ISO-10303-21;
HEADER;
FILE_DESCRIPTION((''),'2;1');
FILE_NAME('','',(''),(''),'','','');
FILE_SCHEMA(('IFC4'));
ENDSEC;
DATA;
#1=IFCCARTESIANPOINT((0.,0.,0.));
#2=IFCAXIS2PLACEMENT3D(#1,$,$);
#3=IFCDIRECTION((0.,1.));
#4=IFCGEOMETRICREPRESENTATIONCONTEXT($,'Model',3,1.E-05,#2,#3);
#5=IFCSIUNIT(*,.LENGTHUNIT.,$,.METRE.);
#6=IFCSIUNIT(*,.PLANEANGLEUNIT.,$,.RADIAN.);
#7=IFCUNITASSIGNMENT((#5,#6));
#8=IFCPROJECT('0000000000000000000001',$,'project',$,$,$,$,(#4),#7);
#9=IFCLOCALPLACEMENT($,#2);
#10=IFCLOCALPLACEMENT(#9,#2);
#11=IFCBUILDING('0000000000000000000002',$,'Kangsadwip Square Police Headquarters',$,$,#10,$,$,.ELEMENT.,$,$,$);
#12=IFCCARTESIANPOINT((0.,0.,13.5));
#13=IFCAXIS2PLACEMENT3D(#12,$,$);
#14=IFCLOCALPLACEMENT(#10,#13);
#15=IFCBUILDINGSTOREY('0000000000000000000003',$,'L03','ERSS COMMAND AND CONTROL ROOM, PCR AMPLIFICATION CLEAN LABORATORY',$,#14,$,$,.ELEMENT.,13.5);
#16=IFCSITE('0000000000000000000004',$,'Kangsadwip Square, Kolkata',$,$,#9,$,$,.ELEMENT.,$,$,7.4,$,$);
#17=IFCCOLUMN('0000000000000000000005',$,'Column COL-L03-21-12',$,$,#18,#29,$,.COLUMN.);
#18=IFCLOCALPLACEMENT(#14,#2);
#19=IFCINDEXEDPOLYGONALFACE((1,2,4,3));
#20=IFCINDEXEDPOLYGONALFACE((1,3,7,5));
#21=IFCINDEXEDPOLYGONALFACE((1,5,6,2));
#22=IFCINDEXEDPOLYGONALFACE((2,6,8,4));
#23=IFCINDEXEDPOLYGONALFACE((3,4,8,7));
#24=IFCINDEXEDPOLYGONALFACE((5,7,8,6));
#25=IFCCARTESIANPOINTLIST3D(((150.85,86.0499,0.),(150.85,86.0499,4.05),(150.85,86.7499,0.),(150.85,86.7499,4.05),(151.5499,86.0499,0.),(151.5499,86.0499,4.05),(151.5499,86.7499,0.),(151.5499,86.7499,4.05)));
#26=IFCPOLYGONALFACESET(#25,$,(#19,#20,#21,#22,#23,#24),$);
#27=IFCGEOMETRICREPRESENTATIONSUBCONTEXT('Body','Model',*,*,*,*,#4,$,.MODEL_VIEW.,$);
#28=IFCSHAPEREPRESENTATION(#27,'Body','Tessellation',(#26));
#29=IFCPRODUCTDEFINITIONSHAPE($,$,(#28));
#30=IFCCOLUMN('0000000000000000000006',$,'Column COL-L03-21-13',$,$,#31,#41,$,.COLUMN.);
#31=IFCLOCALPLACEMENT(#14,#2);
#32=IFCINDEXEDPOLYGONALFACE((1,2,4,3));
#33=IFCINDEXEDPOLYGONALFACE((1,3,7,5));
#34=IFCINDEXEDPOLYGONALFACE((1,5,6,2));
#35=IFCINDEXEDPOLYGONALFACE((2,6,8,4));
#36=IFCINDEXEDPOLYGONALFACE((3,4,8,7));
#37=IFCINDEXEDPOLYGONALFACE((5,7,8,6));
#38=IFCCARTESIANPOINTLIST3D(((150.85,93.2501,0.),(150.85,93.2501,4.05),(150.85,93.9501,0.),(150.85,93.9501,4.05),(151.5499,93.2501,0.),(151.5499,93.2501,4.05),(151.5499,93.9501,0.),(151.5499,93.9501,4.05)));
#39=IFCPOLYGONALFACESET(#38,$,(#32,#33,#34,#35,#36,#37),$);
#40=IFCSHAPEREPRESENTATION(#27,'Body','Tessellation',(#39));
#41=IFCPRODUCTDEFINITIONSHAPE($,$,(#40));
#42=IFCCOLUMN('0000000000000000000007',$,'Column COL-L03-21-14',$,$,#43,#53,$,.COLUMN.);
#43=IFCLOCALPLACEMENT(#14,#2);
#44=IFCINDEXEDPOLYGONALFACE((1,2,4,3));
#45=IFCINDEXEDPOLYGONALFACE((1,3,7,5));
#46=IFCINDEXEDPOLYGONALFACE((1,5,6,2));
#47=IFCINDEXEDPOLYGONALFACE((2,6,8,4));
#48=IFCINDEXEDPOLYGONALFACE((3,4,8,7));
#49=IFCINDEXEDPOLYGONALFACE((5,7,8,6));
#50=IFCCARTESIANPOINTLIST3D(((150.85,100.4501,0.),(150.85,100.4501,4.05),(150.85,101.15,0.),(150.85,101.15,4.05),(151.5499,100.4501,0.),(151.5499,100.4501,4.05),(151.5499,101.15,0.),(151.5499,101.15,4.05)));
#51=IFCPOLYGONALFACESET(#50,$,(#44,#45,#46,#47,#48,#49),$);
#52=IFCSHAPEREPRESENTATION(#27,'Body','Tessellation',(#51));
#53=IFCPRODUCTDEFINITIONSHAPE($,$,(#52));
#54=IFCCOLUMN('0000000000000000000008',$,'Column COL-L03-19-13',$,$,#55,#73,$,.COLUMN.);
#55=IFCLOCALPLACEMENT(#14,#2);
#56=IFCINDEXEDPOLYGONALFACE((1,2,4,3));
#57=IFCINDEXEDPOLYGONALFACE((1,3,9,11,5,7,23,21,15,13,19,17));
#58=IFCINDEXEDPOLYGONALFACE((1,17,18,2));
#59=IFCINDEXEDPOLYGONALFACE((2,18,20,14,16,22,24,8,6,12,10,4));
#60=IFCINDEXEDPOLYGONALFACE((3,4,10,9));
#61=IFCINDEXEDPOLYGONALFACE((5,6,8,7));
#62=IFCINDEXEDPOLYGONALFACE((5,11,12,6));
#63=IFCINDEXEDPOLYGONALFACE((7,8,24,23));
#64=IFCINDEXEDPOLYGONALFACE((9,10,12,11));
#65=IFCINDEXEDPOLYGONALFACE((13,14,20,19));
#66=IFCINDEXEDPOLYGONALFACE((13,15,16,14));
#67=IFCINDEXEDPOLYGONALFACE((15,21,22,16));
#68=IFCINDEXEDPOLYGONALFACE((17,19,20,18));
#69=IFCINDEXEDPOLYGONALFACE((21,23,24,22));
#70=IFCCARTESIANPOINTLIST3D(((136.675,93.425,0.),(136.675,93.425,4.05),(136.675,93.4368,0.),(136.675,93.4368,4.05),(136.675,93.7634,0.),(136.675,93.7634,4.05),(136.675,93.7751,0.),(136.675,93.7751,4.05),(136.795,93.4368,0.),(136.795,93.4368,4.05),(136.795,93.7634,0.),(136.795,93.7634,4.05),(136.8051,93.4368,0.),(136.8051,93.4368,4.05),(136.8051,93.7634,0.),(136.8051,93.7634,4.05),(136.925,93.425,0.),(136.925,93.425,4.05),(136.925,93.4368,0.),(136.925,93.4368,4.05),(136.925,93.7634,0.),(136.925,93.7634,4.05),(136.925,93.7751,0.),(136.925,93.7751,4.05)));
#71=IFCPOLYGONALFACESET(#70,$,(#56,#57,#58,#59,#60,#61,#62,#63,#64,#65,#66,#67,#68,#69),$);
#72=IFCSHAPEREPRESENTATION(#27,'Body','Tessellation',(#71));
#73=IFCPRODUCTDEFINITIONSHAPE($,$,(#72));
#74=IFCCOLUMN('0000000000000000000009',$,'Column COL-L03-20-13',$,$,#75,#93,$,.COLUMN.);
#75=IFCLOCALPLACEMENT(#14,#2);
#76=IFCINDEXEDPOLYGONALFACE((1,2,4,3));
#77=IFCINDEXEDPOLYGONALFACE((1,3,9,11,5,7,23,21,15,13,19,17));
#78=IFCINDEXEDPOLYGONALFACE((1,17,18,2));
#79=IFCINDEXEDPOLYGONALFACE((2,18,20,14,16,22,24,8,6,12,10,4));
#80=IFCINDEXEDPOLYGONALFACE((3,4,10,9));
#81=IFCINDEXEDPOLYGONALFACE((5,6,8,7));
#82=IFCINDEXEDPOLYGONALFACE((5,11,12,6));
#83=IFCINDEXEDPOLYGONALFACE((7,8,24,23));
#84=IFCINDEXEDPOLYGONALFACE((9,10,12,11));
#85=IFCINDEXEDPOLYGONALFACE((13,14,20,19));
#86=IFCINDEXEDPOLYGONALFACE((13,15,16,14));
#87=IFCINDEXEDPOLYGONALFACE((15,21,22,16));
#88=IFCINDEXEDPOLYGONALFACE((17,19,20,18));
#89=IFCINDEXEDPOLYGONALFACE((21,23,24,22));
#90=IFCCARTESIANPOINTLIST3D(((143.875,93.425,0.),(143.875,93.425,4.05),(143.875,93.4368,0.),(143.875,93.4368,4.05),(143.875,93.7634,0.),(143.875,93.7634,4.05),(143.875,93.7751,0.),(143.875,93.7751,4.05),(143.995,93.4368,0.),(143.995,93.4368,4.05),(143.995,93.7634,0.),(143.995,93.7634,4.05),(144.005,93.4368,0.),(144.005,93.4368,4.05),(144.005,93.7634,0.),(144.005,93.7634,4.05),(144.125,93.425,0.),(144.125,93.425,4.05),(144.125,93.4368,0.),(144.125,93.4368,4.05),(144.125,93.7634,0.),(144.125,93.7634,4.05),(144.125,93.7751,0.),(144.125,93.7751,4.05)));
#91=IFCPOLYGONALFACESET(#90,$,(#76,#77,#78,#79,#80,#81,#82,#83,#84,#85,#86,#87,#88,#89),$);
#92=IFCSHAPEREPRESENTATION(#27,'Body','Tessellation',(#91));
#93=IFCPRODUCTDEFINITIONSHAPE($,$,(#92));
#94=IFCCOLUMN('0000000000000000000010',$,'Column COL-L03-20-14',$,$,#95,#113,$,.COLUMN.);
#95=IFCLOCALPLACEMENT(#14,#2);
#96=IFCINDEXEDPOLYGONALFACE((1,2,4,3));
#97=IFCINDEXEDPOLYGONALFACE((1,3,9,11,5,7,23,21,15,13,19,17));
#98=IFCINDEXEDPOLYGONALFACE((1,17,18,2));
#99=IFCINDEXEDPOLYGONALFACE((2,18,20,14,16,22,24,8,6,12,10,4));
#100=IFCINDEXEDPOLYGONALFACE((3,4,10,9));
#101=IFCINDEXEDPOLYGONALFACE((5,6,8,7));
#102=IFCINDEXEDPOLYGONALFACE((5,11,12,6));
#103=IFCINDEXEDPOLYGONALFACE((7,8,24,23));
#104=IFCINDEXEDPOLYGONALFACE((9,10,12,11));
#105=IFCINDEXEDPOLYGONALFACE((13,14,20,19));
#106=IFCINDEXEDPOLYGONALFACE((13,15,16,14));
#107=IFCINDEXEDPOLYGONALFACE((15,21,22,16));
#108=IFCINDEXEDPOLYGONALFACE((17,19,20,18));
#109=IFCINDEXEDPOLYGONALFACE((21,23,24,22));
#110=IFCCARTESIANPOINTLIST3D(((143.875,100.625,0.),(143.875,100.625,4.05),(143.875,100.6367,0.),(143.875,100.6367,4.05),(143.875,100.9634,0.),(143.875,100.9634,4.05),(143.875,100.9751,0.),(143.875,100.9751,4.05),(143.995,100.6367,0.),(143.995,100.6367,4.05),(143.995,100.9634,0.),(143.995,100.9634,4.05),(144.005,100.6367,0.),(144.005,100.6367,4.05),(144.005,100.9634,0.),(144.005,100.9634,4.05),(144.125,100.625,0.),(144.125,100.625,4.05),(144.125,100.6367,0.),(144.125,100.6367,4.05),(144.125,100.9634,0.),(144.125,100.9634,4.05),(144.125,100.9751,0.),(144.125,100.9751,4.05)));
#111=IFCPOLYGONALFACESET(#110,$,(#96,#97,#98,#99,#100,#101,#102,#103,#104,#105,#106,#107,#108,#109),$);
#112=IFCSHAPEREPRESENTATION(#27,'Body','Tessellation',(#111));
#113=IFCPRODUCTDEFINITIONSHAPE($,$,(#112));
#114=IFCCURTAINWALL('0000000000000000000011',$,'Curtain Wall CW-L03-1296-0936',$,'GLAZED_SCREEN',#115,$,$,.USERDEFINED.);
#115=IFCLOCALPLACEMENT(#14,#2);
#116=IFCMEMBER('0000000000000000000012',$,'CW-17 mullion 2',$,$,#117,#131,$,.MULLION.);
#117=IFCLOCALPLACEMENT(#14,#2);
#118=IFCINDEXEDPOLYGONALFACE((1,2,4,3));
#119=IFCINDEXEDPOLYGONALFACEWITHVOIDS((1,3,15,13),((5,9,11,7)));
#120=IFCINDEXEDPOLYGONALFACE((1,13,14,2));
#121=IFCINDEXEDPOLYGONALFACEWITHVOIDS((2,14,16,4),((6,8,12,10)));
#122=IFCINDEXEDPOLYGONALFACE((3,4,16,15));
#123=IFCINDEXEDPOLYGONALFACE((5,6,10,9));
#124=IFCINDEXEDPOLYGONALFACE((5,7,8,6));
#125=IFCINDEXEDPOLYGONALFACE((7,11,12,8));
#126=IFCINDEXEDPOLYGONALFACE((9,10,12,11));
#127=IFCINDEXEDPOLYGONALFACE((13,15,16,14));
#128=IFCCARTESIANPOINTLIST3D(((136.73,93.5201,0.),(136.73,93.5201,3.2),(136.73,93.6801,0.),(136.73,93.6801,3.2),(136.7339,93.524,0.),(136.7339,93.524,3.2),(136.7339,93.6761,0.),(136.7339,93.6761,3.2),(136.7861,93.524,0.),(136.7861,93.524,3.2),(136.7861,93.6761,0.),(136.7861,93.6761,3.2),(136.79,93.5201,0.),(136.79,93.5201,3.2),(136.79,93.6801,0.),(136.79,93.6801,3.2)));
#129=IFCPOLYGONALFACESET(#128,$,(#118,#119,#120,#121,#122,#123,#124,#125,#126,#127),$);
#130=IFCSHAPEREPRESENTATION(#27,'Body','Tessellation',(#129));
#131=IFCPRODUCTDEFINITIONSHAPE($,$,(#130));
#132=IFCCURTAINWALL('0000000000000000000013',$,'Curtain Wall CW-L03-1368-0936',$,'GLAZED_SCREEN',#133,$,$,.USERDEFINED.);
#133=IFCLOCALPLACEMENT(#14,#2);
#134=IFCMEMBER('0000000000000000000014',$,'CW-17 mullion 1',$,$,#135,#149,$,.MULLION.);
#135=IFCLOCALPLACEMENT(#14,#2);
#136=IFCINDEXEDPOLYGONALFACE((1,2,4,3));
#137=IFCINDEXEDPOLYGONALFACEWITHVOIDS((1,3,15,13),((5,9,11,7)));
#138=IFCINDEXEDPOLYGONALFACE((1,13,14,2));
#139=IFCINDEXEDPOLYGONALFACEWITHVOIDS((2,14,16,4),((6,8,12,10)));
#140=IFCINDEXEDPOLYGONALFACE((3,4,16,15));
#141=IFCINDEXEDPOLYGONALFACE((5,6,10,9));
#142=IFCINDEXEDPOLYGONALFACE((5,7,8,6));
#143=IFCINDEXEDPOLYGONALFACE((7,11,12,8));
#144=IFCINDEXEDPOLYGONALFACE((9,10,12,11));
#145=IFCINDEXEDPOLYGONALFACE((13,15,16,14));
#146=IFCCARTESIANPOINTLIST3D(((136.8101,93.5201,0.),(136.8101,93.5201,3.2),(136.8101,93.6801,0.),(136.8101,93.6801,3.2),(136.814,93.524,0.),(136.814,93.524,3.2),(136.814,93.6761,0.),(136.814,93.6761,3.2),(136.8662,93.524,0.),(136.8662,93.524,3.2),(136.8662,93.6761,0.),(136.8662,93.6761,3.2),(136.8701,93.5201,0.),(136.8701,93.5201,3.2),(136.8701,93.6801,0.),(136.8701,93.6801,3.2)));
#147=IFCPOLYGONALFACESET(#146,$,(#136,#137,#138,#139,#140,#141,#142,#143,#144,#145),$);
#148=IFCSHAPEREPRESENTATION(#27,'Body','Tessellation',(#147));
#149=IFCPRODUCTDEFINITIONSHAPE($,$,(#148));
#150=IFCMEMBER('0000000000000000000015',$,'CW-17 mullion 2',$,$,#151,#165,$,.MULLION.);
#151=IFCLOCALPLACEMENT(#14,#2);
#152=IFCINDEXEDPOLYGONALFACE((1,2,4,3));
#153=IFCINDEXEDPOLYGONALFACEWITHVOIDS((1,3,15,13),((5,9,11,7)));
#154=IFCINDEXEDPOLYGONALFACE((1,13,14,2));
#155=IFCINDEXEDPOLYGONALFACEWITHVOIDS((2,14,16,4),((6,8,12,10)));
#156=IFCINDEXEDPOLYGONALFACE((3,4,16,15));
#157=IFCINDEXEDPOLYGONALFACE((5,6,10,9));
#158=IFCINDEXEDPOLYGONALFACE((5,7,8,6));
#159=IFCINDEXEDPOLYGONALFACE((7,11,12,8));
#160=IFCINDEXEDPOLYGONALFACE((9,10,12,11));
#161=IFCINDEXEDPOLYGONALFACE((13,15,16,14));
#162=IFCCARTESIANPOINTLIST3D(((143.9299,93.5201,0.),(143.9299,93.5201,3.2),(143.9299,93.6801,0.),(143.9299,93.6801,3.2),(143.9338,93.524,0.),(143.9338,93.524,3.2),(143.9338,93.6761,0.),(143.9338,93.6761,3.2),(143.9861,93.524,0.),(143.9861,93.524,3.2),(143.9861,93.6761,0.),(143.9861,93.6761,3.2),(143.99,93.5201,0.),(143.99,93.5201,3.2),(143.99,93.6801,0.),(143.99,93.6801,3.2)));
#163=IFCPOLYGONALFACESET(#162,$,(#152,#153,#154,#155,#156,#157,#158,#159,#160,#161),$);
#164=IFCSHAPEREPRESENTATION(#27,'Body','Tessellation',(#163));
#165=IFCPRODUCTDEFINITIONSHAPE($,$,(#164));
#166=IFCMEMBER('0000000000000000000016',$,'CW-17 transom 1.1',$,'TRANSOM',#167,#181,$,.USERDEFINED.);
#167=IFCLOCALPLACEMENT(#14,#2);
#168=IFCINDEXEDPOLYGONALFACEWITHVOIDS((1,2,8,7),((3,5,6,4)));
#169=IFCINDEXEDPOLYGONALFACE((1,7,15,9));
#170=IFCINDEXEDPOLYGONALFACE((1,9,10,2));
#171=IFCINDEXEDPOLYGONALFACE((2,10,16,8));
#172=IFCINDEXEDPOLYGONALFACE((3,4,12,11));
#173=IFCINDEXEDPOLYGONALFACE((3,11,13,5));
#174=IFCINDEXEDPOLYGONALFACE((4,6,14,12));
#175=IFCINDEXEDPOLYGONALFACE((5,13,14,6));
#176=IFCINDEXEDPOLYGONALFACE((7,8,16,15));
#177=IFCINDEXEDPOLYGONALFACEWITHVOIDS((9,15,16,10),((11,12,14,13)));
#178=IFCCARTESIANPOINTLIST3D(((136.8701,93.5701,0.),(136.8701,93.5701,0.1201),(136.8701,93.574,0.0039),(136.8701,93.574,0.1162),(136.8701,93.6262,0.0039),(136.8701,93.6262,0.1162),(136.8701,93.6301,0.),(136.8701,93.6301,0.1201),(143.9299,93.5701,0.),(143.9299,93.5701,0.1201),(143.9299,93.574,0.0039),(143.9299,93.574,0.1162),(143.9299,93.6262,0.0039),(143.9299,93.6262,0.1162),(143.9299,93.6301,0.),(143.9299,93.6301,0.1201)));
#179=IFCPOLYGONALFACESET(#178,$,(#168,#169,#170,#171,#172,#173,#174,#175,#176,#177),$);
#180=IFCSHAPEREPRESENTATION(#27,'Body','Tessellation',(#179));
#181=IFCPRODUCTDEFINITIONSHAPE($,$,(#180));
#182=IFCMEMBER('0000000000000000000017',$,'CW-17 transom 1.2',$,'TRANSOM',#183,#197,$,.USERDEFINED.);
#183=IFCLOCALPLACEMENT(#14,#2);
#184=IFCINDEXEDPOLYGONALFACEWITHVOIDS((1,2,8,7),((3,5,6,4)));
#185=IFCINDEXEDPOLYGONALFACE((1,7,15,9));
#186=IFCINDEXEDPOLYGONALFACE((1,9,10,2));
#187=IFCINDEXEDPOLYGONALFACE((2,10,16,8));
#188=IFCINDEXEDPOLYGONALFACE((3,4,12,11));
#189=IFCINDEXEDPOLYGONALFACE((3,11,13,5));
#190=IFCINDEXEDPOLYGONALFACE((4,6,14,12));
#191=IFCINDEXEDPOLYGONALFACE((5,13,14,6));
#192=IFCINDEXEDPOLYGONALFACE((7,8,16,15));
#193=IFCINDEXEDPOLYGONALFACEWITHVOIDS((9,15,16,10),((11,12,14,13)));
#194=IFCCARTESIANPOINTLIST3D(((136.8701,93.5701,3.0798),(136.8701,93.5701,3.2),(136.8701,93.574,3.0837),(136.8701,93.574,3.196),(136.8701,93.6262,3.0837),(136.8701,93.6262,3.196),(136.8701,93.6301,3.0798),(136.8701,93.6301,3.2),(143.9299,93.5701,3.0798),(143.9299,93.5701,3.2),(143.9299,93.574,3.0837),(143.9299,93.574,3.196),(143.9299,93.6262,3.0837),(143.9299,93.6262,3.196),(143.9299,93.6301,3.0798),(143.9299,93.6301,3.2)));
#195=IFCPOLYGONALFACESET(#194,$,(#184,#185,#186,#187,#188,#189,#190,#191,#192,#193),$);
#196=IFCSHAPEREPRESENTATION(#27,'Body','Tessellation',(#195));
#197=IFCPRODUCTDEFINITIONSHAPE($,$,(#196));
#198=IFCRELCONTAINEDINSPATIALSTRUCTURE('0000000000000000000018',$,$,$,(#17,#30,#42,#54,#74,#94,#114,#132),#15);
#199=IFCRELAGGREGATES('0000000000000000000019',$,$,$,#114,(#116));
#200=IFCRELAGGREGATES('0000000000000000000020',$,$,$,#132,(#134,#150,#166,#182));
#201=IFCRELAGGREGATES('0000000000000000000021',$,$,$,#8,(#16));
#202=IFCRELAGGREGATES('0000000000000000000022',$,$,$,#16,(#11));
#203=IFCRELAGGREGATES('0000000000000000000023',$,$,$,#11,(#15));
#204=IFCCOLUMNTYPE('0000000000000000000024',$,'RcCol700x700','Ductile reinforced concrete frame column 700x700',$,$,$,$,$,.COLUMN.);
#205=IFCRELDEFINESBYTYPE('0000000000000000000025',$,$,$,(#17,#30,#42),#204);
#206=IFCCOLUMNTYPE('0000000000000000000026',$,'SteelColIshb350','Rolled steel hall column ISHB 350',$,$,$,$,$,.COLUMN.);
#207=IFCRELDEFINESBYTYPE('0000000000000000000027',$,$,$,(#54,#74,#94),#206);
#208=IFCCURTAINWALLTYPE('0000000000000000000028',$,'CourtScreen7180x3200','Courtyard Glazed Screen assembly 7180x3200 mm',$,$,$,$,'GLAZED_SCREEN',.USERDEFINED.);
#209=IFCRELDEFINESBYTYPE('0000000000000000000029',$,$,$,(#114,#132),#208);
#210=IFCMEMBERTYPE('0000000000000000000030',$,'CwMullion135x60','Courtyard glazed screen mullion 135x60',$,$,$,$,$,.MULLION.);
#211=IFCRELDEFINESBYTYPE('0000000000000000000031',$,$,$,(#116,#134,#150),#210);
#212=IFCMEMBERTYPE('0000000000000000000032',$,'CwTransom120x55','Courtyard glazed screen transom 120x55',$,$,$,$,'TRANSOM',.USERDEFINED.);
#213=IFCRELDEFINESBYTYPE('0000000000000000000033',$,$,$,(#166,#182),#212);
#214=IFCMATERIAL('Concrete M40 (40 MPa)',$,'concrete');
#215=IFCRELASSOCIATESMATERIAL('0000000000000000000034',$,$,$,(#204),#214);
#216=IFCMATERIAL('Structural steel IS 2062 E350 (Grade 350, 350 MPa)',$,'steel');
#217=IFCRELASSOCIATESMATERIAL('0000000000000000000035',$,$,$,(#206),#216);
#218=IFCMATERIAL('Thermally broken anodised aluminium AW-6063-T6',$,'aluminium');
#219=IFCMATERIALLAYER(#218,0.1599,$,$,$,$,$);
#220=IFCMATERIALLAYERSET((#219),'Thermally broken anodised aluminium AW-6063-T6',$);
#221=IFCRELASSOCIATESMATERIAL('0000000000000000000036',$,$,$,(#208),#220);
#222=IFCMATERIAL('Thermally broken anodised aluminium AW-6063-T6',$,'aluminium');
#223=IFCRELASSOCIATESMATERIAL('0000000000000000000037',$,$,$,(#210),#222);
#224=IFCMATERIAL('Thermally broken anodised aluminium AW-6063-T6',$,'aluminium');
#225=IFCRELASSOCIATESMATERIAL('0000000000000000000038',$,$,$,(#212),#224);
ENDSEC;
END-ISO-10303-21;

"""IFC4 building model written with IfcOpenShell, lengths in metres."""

from ifc_helpers import new_model, si_unit, direction, frame, origin, origin_2d, place, context, subcontext, project, spatial, rectangle, hollow_rectangle, i_section, extrude, material, layer, layer_set, material_profile, profile_set, type_object, element, aggregate, save


model = new_model("IFC4")

# Units and contexts
model_context = context("Model", 3, precision=1e-05, world=origin(), true_north=direction((0.0, 1.0)))
body_context = subcontext(model_context, "Body", "Model", "MODEL_VIEW")
ifc_project = project(units=[si_unit("LENGTHUNIT", "METRE"), si_unit("PLANEANGLEUNIT", "RADIAN")], contexts=[model_context])

# Site, building, storey
site_placement = place(None, origin())
site = spatial("IfcSite", under=ifc_project, at=site_placement, Name="Kangsadwip Square, Kolkata", CompositionType="ELEMENT", RefElevation=7.4)
building_placement = place(site_placement, origin())
building = spatial("IfcBuilding", under=site, at=building_placement, Name="Kangsadwip Square Police Headquarters", CompositionType="ELEMENT")
storey_placement = place(building_placement, frame((0.0, 0.0, 13.5)))
storey = spatial("IfcBuildingStorey", under=building, at=storey_placement, Name="L03", Description="ERSS COMMAND AND CONTROL ROOM, PCR AMPLIFICATION CLEAN LABORATORY", CompositionType="ELEMENT", Elevation=13.5)

# Columns
ifc_material_1 = material(Name="Concrete M40 (40 MPa)", Category="concrete")
ifc_material_profile_1 = material_profile(ifc_material_1, rectangle(XDim=0.7, YDim=0.7, at=origin_2d()), Name="RC COL 700X700")
ifc_profile_set_1 = profile_set([ifc_material_profile_1], Name="Concrete M40 (40 MPa)")
column_type_1 = type_object("IfcColumnType", Name="RcCol700x700", Description="Ductile reinforced concrete frame column 700x700", PredefinedType="COLUMN", material=ifc_profile_set_1)
for number, where, z_axis, x_axis, name in (
    (1, (151.2, 86.3999, 0.0), (0.0, 0.0, 1.0), (1.0, 0.0, 0.0), "Column COL-L03-21-12"),
    (2, (151.2, 93.6001, 0.0), (0.0, 0.0, 1.0), (1.0, 0.0, 0.0), "Column COL-L03-21-13"),
    (3, (151.2, 100.8, 0.0), (0.0, 0.0, 1.0), (1.0, 0.0, 0.0), "Column COL-L03-21-14"),
):
    element("IfcColumn", number, at=place(storey_placement, frame(where, z_axis=z_axis, x_axis=x_axis)), inside=storey, type_object=column_type_1, Name=name, PredefinedType="COLUMN", context=body_context, shape_type="SweptSolid", body=[
        extrude(rectangle(XDim=0.7, YDim=0.7, at=origin_2d()), origin(), (0.0, 0.0, 1.0), 4.05),
    ])
ifc_material_2 = material(Name="Structural steel IS 2062 E350 (Grade 350, 350 MPa)", Category="steel")
ifc_material_profile_2 = material_profile(ifc_material_2, i_section(OverallWidth=0.25, OverallDepth=0.3501, WebThickness=0.01, FlangeThickness=0.0117, at=origin_2d()), Name="ISHB 350")
ifc_profile_set_2 = profile_set([ifc_material_profile_2], Name="Structural steel IS 2062 E350 (Grade 350, 350 MPa)")
column_type_2 = type_object("IfcColumnType", Name="SteelColIshb350", Description="Rolled steel hall column ISHB 350", PredefinedType="COLUMN", material=ifc_profile_set_2)
for number, where, z_axis, x_axis, name in (
    (4, (136.8, 93.6001, 0.0), (0.0, 0.0, 1.0), (1.0, 0.0, 0.0), "Column COL-L03-19-13"),
    (5, (144.0, 93.6001, 0.0), (0.0, 0.0, 1.0), (1.0, 0.0, 0.0), "Column COL-L03-20-13"),
    (6, (144.0, 100.8, 0.0), (0.0, 0.0, 1.0), (1.0, 0.0, 0.0), "Column COL-L03-20-14"),
):
    element("IfcColumn", number, at=place(storey_placement, frame(where, z_axis=z_axis, x_axis=x_axis)), inside=storey, type_object=column_type_2, Name=name, PredefinedType="COLUMN", context=body_context, shape_type="SweptSolid", body=[
        extrude(i_section(OverallWidth=0.25, OverallDepth=0.3501, WebThickness=0.01, FlangeThickness=0.0117, at=origin_2d()), origin(), (0.0, 0.0, 1.0), 4.05),
    ])

# Curtain wall, member
ifc_material_3 = material(Name="Thermally broken anodised aluminium AW-6063-T6", Category="aluminium")
ifc_layer_1 = layer(ifc_material_3, 0.1599)
ifc_layer_set_1 = layer_set([ifc_layer_1], Name="Thermally broken anodised aluminium AW-6063-T6")
curtain_wall_type = type_object("IfcCurtainWallType", Name="CourtScreen7180x3200", Description="Courtyard Glazed Screen assembly 7180x3200 mm", ElementType="GLAZED_SCREEN", PredefinedType="USERDEFINED", material=ifc_layer_set_1)
curtain_wall_1_placement = place(storey_placement, origin())
curtain_wall_1 = element("IfcCurtainWall", 7, at=curtain_wall_1_placement, inside=storey, type_object=curtain_wall_type, Name="Curtain Wall CW-L03-1296-0936", ObjectType="GLAZED_SCREEN", PredefinedType="USERDEFINED")
ifc_material_4 = material(Name="Thermally broken anodised aluminium AW-6063-T6", Category="aluminium")
ifc_material_profile_3 = material_profile(ifc_material_4, hollow_rectangle(XDim=0.0601, YDim=0.1599, WallThickness=0.0039, at=origin_2d()), Name="CWM 160X60X4")
ifc_profile_set_3 = profile_set([ifc_material_profile_3], Name="Thermally broken anodised aluminium AW-6063-T6")
member_type_1 = type_object("IfcMemberType", Name="CwMullion135x60", Description="Courtyard glazed screen mullion 135x60", PredefinedType="MULLION", material=ifc_profile_set_3)
member_1_placement = place(storey_placement, frame((136.76, 93.6001, 0.0), z_axis=(0.0, 0.0, 1.0), x_axis=(1.0, 0.0, 0.0)))
member_1 = element("IfcMember", 8, at=member_1_placement, type_object=member_type_1, Name="CW-17 mullion 2", PredefinedType="MULLION", context=body_context, shape_type="SweptSolid", body=[
    extrude(hollow_rectangle(XDim=0.0601, YDim=0.1599, WallThickness=0.0039, at=origin_2d()), origin(), (0.0, 0.0, 1.0), 3.2),
])
aggregate(curtain_wall_1, [member_1])

# Curtain wall, members
curtain_wall_2_placement = place(storey_placement, origin())
curtain_wall_2 = element("IfcCurtainWall", 9, at=curtain_wall_2_placement, inside=storey, type_object=curtain_wall_type, Name="Curtain Wall CW-L03-1368-0936", ObjectType="GLAZED_SCREEN", PredefinedType="USERDEFINED")
member_2_placement = place(storey_placement, frame((136.8401, 93.6001, 0.0), z_axis=(0.0, 0.0, 1.0), x_axis=(1.0, 0.0, 0.0)))
member_2 = element("IfcMember", 10, at=member_2_placement, type_object=member_type_1, Name="CW-17 mullion 1", PredefinedType="MULLION", context=body_context, shape_type="SweptSolid", body=[
    extrude(hollow_rectangle(XDim=0.0601, YDim=0.1599, WallThickness=0.0039, at=origin_2d()), origin(), (0.0, 0.0, 1.0), 3.2),
])
member_3_placement = place(storey_placement, frame((143.96, 93.6001, 0.0), z_axis=(0.0, 0.0, 1.0), x_axis=(1.0, 0.0, 0.0)))
member_3 = element("IfcMember", 11, at=member_3_placement, type_object=member_type_1, Name="CW-17 mullion 2", PredefinedType="MULLION", context=body_context, shape_type="SweptSolid", body=[
    extrude(hollow_rectangle(XDim=0.0601, YDim=0.1599, WallThickness=0.0039, at=origin_2d()), origin(), (0.0, 0.0, 1.0), 3.2),
])
ifc_material_5 = material(Name="Thermally broken anodised aluminium AW-6063-T6", Category="aluminium")
ifc_material_profile_4 = material_profile(ifc_material_5, hollow_rectangle(XDim=0.0601, YDim=0.1201, WallThickness=0.0039, at=origin_2d()), Name="CWT 120X60X4")
ifc_profile_set_4 = profile_set([ifc_material_profile_4], Name="Thermally broken anodised aluminium AW-6063-T6")
member_type_2 = type_object("IfcMemberType", Name="CwTransom120x55", Description="Courtyard glazed screen transom 120x55", ElementType="TRANSOM", PredefinedType="USERDEFINED", material=ifc_profile_set_4)
member_4_placement = place(storey_placement, frame((136.8701, 93.6001, 0.0601), z_axis=(1.0, 0.0, 0.0), x_axis=(0.0, 1.0, 0.0)))
member_4 = element("IfcMember", 12, at=member_4_placement, type_object=member_type_2, Name="CW-17 transom 1.1", ObjectType="TRANSOM", PredefinedType="USERDEFINED", context=body_context, shape_type="SweptSolid", body=[
    extrude(hollow_rectangle(XDim=0.0601, YDim=0.1201, WallThickness=0.0039, at=origin_2d()), origin(), (0.0, 0.0, 1.0), 7.0598),
])
member_5_placement = place(storey_placement, frame((136.8701, 93.6001, 3.1399), z_axis=(1.0, 0.0, 0.0), x_axis=(0.0, 1.0, 0.0)))
member_5 = element("IfcMember", 13, at=member_5_placement, type_object=member_type_2, Name="CW-17 transom 1.2", ObjectType="TRANSOM", PredefinedType="USERDEFINED", context=body_context, shape_type="SweptSolid", body=[
    extrude(hollow_rectangle(XDim=0.0601, YDim=0.1201, WallThickness=0.0039, at=origin_2d()), origin(), (0.0, 0.0, 1.0), 7.0598),
])

aggregate(curtain_wall_2, [member_2, member_3, member_4, member_5])

save(model, "model.ifc")
